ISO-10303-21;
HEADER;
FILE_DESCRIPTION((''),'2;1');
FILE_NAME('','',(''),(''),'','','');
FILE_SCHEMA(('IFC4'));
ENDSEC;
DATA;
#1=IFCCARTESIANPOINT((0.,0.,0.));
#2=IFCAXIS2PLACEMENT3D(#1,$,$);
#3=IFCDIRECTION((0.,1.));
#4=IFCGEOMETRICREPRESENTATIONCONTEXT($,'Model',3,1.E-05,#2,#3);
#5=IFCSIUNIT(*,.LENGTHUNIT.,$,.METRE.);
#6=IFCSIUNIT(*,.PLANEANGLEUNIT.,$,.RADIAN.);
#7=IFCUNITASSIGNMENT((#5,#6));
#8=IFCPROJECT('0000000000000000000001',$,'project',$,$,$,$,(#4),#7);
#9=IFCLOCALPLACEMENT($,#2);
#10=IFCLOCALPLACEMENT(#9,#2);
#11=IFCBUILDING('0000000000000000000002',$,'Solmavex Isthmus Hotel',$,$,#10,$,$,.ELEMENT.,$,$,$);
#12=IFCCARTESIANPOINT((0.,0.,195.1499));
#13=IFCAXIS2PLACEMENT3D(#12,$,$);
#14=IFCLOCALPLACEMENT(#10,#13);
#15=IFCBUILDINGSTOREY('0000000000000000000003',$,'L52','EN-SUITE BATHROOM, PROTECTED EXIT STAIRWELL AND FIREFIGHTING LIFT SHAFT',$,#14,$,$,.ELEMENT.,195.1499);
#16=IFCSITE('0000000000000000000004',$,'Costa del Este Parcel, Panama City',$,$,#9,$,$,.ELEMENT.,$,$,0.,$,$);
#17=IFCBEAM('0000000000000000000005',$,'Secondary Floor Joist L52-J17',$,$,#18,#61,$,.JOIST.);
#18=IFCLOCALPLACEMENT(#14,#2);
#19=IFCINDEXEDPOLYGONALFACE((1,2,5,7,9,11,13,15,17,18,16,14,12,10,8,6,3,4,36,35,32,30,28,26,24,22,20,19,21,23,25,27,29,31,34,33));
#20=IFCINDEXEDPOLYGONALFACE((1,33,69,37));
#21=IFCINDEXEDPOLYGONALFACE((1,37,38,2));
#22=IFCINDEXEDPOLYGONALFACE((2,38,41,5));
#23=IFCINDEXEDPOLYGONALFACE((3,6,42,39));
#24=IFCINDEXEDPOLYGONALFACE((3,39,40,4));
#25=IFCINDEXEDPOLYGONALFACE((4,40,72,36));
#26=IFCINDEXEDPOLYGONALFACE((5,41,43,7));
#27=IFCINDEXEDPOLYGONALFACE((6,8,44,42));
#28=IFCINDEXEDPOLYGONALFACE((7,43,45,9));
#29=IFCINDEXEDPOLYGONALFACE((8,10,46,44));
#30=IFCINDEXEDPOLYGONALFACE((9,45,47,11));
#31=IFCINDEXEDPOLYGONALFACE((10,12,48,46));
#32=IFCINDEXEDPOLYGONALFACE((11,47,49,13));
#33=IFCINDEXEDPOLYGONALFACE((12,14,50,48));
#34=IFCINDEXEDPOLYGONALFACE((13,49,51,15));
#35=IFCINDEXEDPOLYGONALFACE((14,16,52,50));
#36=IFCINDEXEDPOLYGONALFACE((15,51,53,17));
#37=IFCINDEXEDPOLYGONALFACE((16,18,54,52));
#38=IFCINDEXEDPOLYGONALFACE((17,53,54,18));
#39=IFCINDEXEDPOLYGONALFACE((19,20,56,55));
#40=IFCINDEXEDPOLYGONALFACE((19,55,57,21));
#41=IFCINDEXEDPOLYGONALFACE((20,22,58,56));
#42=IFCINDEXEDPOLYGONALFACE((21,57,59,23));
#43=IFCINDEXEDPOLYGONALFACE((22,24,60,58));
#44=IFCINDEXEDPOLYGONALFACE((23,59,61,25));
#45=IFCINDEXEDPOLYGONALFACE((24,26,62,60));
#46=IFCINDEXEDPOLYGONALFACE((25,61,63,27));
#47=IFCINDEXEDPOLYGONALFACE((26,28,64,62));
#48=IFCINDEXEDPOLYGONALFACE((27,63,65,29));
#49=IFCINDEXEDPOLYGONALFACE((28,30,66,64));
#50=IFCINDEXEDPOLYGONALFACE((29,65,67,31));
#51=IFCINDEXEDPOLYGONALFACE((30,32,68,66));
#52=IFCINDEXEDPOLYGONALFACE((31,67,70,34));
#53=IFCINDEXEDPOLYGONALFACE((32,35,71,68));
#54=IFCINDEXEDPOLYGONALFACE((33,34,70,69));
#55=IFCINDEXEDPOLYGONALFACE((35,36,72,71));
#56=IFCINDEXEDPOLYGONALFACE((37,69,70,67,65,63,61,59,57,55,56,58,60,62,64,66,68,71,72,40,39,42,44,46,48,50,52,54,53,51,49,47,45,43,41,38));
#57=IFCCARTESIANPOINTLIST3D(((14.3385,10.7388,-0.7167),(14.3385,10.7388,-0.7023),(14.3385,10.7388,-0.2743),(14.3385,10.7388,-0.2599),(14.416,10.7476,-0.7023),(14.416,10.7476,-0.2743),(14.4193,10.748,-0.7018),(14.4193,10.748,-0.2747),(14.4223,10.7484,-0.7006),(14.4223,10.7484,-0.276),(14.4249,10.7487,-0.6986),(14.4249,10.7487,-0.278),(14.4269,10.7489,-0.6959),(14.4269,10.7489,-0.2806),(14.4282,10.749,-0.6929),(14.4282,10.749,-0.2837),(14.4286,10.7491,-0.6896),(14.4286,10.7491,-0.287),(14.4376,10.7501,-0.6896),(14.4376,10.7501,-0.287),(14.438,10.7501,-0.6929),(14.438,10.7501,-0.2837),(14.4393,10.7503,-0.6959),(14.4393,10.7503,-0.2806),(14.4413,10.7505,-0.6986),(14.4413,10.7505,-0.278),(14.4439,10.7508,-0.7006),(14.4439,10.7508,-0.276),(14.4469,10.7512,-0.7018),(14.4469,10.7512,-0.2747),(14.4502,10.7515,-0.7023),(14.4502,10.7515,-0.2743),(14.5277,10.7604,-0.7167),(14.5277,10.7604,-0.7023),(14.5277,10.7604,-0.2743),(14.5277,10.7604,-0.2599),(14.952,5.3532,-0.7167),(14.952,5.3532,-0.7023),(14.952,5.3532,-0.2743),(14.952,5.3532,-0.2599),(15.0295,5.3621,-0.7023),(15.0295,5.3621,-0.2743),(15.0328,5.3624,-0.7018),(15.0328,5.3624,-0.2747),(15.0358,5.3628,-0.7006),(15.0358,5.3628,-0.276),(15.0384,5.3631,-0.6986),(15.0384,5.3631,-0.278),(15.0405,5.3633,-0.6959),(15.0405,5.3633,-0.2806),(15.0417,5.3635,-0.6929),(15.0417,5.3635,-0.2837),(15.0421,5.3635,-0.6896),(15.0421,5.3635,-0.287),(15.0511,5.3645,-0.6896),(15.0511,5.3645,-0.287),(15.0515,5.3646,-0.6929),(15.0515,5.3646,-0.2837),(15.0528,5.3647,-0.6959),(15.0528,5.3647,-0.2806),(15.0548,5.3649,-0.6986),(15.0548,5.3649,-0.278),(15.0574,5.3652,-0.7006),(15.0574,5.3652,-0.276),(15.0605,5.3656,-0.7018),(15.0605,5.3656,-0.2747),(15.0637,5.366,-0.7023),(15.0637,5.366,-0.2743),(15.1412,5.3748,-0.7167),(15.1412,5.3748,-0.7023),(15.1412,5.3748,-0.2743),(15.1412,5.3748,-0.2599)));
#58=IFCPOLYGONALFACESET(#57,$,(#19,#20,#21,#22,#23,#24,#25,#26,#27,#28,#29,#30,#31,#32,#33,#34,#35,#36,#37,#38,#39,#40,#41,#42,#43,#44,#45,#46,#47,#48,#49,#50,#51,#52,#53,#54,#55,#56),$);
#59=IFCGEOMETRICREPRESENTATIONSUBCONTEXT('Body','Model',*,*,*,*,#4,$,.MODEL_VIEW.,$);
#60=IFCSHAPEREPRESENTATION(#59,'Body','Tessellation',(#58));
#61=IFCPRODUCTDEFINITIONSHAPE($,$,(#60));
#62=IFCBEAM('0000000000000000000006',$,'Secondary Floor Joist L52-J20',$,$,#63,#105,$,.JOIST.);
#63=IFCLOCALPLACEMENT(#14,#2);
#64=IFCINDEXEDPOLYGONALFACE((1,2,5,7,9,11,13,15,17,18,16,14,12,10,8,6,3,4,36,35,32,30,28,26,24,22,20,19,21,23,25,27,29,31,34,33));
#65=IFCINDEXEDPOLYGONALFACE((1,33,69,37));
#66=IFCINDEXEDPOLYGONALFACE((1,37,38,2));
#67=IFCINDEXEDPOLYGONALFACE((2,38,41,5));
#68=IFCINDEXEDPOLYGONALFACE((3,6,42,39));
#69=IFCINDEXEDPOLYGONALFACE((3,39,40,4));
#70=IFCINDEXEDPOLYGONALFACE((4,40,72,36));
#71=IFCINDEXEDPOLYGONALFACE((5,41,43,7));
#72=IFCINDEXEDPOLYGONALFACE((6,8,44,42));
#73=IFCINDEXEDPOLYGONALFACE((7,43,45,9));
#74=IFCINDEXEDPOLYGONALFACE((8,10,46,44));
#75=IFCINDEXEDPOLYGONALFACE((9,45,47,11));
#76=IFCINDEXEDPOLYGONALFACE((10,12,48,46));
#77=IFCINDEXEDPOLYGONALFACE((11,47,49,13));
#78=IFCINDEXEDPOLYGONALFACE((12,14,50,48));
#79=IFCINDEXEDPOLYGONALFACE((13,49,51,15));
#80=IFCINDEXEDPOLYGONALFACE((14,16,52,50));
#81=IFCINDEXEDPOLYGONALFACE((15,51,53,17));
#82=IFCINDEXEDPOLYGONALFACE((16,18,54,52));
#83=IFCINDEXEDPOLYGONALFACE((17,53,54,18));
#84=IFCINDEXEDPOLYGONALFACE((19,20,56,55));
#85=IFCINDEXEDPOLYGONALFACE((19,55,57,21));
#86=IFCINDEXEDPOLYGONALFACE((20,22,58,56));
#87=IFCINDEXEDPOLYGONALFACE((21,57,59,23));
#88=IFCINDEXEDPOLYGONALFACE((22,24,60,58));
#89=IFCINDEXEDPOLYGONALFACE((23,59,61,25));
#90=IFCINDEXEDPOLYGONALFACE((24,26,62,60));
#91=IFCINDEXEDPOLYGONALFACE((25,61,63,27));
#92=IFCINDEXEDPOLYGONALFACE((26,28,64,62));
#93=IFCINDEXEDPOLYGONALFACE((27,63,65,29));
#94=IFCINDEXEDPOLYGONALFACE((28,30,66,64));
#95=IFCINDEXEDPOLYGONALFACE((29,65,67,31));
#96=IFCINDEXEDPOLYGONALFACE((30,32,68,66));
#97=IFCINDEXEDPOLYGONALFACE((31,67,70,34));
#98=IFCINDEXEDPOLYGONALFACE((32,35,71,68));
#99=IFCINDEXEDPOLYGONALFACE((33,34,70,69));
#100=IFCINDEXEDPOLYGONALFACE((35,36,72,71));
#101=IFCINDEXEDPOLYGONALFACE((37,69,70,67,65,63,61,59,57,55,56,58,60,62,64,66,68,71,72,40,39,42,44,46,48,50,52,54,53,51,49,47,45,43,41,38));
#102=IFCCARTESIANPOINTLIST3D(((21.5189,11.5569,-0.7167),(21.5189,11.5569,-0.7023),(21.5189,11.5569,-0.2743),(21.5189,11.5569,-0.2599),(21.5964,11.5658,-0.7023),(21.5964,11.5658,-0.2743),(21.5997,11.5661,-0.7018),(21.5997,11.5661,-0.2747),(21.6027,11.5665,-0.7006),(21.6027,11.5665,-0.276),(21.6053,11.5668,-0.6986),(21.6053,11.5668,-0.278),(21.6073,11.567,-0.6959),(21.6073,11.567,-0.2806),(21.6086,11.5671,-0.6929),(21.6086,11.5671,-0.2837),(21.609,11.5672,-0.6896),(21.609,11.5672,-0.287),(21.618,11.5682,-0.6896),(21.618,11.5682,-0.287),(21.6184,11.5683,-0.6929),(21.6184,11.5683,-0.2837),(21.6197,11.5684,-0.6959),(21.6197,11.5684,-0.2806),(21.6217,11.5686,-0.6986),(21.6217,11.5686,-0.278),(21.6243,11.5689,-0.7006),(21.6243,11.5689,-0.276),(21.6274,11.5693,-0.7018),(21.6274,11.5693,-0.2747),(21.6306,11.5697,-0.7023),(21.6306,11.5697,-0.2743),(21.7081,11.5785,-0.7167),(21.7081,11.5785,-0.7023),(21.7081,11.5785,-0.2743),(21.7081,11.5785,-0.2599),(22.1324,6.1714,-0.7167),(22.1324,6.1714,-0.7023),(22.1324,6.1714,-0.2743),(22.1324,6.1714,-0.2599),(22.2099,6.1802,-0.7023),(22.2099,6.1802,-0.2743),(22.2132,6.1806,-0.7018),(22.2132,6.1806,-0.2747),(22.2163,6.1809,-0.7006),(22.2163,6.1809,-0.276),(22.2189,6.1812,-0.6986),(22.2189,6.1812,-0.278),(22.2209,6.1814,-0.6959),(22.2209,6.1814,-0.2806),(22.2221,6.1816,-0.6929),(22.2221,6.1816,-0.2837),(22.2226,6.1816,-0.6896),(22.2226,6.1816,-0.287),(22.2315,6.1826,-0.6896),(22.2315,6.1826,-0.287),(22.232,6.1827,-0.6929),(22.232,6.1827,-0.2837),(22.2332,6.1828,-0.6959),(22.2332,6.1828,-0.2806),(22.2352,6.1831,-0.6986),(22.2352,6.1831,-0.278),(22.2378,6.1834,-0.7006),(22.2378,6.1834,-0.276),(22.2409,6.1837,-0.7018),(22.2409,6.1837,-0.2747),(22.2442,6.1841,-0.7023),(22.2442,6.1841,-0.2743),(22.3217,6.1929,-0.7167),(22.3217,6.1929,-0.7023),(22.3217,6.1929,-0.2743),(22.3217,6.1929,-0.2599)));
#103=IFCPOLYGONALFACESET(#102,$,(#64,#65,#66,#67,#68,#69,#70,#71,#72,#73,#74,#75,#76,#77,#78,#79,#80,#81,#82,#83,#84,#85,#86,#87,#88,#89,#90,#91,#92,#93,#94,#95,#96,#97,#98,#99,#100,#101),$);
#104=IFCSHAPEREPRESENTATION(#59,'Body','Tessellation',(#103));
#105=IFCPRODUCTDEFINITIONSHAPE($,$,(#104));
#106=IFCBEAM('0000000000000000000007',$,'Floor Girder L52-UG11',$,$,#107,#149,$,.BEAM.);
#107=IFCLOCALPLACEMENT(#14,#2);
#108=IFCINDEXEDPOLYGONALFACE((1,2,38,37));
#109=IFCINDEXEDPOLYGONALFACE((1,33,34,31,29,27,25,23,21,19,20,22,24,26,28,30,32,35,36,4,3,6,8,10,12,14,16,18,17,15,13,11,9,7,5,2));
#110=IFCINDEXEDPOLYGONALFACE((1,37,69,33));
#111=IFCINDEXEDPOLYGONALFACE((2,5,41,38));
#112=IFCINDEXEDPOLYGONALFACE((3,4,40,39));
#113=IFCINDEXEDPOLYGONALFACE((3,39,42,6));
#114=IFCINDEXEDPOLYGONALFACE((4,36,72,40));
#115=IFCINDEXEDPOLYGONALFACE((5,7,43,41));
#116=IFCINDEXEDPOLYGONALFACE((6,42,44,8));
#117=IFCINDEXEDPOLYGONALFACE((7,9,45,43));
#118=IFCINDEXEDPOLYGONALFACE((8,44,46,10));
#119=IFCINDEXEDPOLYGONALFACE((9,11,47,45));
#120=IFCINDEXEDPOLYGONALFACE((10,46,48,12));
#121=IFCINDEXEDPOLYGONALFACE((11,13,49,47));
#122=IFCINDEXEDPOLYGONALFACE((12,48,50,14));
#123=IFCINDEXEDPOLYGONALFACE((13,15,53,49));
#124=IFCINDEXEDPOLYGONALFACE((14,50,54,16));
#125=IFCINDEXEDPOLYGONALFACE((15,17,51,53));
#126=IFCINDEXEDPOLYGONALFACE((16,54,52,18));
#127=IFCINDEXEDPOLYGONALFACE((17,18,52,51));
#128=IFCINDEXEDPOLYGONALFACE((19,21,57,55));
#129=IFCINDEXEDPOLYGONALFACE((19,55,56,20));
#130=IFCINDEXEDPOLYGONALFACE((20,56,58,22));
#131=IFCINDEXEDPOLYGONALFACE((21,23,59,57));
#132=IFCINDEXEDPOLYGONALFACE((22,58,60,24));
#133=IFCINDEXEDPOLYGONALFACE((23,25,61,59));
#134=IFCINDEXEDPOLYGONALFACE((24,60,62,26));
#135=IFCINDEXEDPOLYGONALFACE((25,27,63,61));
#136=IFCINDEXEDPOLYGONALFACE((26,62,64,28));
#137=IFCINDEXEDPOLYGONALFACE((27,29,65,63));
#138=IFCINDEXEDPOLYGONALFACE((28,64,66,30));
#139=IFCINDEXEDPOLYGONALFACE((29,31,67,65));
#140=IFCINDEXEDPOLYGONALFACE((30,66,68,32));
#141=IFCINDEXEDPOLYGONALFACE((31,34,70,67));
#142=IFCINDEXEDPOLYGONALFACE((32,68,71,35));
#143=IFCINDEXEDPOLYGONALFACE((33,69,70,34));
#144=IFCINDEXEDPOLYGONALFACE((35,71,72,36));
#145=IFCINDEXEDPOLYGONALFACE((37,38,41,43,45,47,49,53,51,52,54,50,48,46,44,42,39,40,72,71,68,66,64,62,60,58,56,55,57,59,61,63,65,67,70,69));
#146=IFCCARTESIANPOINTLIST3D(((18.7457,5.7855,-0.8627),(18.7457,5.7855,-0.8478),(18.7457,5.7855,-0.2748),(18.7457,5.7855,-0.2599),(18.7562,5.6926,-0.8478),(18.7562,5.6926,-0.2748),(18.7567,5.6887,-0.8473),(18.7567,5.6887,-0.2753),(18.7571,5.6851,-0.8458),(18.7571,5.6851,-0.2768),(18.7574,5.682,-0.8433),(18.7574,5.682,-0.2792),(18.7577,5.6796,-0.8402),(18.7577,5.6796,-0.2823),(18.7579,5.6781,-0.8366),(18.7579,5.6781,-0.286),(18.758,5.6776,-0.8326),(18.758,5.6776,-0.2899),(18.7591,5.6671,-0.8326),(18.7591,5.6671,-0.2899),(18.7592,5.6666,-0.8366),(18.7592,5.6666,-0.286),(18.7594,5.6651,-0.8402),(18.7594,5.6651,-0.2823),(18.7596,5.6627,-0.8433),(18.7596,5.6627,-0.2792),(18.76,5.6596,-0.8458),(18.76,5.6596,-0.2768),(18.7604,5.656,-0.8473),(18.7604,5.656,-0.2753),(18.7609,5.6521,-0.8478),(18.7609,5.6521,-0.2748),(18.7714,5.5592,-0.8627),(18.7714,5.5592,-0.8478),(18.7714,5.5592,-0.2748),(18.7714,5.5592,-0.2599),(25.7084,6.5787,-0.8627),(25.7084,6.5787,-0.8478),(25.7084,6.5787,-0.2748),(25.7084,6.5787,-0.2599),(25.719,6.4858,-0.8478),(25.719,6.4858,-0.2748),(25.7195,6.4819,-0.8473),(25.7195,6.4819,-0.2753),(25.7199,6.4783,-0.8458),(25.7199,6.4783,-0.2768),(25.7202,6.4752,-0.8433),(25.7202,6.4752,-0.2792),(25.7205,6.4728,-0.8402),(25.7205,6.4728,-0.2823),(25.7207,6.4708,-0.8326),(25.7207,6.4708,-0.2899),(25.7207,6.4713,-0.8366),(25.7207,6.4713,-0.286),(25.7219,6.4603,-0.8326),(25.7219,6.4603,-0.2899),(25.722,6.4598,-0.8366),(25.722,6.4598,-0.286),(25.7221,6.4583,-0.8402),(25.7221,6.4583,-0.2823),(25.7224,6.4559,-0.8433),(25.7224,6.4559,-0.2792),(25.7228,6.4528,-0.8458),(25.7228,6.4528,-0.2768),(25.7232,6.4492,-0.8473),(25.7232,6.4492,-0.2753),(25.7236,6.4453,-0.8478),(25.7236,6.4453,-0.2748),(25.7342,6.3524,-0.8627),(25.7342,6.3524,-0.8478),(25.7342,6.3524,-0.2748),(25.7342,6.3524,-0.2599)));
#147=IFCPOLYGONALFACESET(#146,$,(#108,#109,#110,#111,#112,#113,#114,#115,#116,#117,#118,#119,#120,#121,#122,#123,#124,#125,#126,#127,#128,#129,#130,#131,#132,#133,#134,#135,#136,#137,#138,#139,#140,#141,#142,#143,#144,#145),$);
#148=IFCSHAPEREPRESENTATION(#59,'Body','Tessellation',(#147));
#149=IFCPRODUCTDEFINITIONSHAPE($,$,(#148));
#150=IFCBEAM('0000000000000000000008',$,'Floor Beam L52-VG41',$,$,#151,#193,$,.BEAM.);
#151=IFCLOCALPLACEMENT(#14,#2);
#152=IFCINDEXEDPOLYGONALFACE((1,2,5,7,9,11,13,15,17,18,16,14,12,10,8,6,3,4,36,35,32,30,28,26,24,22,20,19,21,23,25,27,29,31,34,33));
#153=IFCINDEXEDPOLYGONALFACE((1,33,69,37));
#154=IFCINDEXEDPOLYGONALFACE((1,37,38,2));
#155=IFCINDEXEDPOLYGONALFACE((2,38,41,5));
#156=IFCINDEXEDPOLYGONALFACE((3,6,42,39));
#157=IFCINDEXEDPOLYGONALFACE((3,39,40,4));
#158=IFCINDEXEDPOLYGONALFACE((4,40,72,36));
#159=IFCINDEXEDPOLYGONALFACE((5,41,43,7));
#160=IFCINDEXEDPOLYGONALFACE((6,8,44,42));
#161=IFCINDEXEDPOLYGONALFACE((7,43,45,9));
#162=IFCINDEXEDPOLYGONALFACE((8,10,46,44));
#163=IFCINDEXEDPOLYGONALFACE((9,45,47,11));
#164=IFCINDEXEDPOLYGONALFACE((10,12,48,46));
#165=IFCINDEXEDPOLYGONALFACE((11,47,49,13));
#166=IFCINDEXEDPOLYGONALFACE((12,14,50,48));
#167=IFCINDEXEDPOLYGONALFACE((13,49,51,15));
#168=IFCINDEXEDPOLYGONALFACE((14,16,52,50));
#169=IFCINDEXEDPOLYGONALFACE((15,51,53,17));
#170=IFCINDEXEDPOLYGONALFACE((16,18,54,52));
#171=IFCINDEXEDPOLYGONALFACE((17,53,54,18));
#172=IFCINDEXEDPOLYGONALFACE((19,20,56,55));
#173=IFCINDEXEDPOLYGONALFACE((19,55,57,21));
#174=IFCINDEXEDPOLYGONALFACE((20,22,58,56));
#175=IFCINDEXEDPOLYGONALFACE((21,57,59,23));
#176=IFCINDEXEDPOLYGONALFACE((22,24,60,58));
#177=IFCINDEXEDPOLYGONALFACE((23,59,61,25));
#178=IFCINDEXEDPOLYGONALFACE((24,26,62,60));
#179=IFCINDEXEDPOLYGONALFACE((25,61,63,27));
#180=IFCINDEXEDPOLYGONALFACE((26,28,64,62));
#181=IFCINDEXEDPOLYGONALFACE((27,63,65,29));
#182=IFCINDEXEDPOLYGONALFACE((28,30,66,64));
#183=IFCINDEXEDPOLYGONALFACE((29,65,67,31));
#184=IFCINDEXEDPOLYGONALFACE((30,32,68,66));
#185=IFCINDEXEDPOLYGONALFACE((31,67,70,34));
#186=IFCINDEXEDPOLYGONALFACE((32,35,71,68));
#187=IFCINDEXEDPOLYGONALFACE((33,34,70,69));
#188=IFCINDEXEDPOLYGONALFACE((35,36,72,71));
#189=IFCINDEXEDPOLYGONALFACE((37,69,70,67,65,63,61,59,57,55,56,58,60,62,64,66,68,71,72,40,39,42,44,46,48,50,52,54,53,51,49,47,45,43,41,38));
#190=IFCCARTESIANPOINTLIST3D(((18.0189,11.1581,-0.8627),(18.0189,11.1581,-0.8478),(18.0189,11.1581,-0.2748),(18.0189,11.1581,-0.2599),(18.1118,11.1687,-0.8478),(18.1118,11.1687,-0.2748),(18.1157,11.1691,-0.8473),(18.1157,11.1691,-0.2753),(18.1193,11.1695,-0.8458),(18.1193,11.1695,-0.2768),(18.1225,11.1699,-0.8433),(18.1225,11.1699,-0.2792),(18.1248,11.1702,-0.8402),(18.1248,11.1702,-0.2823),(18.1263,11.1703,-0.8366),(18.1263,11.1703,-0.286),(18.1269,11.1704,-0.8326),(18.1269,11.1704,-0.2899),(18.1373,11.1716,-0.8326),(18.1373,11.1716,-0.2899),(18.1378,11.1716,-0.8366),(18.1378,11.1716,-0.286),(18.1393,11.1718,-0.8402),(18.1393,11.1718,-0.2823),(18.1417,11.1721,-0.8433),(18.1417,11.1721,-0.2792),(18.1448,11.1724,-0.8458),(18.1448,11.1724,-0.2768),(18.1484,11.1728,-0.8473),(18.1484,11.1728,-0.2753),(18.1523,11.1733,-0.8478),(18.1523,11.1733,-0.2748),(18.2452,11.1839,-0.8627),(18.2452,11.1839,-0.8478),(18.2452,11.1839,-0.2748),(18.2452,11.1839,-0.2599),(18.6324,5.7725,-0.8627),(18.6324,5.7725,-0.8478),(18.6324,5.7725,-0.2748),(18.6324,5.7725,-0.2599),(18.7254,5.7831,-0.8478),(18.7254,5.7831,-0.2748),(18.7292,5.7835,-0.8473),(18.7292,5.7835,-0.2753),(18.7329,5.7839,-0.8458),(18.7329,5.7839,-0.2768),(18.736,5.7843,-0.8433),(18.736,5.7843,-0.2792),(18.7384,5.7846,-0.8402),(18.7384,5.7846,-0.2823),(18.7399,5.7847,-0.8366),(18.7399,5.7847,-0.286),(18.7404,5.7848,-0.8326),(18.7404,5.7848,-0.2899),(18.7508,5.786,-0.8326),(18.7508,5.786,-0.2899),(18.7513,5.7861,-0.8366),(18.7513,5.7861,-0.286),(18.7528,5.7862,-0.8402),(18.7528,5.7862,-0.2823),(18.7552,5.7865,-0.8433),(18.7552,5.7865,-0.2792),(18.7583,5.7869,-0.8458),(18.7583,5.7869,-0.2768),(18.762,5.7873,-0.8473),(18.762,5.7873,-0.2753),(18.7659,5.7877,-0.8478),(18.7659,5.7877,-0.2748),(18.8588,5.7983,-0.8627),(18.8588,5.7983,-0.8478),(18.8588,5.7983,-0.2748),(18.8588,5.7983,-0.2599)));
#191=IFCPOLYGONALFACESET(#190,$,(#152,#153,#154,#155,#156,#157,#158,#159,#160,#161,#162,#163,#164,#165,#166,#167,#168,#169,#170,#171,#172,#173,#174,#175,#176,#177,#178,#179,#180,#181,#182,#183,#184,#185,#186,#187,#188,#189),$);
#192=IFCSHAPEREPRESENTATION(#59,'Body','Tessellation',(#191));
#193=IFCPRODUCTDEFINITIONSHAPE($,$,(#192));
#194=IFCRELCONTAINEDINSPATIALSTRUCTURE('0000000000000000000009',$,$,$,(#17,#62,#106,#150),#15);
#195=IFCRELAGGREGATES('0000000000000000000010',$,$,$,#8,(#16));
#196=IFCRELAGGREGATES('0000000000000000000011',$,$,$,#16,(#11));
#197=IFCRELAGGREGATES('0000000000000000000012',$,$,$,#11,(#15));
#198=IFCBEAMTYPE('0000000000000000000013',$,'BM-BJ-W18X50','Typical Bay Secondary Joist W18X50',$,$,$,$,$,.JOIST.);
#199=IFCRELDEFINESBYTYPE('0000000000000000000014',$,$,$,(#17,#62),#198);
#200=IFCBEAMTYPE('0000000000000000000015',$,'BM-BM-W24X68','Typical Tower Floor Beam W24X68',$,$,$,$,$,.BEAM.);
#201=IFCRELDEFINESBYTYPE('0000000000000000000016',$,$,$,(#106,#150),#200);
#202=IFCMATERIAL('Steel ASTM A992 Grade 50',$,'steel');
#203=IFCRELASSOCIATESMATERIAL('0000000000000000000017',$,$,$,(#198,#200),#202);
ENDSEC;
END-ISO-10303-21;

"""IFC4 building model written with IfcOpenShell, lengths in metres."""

from ifc_helpers import new_model, si_unit, direction, frame, origin, origin_2d, place, context, subcontext, project, spatial, i_section, extrude, material, material_profile, profile_set, type_object, element, save


model = new_model("IFC4")

# Units and contexts
model_context = context("Model", 3, precision=1e-05, world=origin(), true_north=direction((0.0, 1.0)))
body_context = subcontext(model_context, "Body", "Model", "MODEL_VIEW")
ifc_project = project(units=[si_unit("LENGTHUNIT", "METRE"), si_unit("PLANEANGLEUNIT", "RADIAN")], contexts=[model_context])

# Site, building, storey
site_placement = place(None, origin())
site = spatial("IfcSite", under=ifc_project, at=site_placement, Name="Costa del Este Parcel, Panama City", CompositionType="ELEMENT", RefElevation=0.0)
building_placement = place(site_placement, origin())
building = spatial("IfcBuilding", under=site, at=building_placement, Name="Solmavex Isthmus Hotel", CompositionType="ELEMENT")
storey_placement = place(building_placement, frame((0.0, 0.0, 195.1499)))
storey = spatial("IfcBuildingStorey", under=building, at=storey_placement, Name="L52", Description="EN-SUITE BATHROOM, PROTECTED EXIT STAIRWELL AND FIREFIGHTING LIFT SHAFT", CompositionType="ELEMENT", Elevation=195.1499)

# Beams
ifc_material_1 = material(Name="Steel ASTM A992 Grade 50", Category="steel")
ifc_material_profile_1 = material_profile(ifc_material_1, i_section(OverallWidth=0.1904, OverallDepth=0.4568, WebThickness=0.009, FlangeThickness=0.0144, FilletRadius=0.0127, at=origin_2d()), Name="W18X50")
ifc_profile_set_1 = profile_set([ifc_material_profile_1], Name="Steel ASTM A992 Grade 50")
beam_type_1 = type_object("IfcBeamType", Name="BM-BJ-W18X50", Description="Typical Bay Secondary Joist W18X50", PredefinedType="JOIST", material=ifc_profile_set_1)
for number, where, z_axis, x_axis, name in (
    (1, (15.0466, 5.364, -0.4883), (-0.11319, 0.993573, 0.0), (-0.993573, -0.11319, 0.0), "Secondary Floor Joist L52-J17"),
    (2, (22.2271, 6.1821, -0.4883), (-0.11319, 0.993573, 0.0), (-0.993573, -0.11319, 0.0), "Secondary Floor Joist L52-J20"),
):
    element("IfcBeam", number, at=place(storey_placement, frame(where, z_axis=z_axis, x_axis=x_axis)), inside=storey, type_object=beam_type_1, Name=name, PredefinedType="JOIST", context=body_context, shape_type="SweptSolid", body=[
        extrude(i_section(OverallWidth=0.1904, OverallDepth=0.4568, WebThickness=0.009, FlangeThickness=0.0144, FilletRadius=0.0127, at=origin_2d()), origin(), (0.0, 0.0, 1.0), 5.4204),
    ])
ifc_material_profile_2 = material_profile(ifc_material_1, i_section(OverallWidth=0.2278, OverallDepth=0.6028, WebThickness=0.0105, FlangeThickness=0.0149, FilletRadius=0.0151, at=origin_2d()), Name="W24X68")
ifc_profile_set_2 = profile_set([ifc_material_profile_2], Name="Steel ASTM A992 Grade 50")
beam_type_2 = type_object("IfcBeamType", Name="BM-BM-W24X68", Description="Typical Tower Floor Beam W24X68", PredefinedType="BEAM", material=ifc_profile_set_2)
beam_1_placement = place(storey_placement, frame((18.7585, 5.6724, -0.5613), z_axis=(0.993574, 0.113188, 0.0), x_axis=(-0.113188, 0.993574, 0.0)))
element("IfcBeam", 3, at=beam_1_placement, inside=storey, type_object=beam_type_2, Name="Floor Girder L52-UG11", PredefinedType="BEAM", context=body_context, shape_type="SweptSolid", body=[
    extrude(i_section(OverallWidth=0.2278, OverallDepth=0.6028, WebThickness=0.0105, FlangeThickness=0.0149, FilletRadius=0.0151, at=origin_2d()), origin(), (0.0, 0.0, 1.0), 7.0078),
])
beam_2_placement = place(storey_placement, frame((18.7456, 5.7854, -0.5613), z_axis=(-0.11319, 0.993573, 0.0), x_axis=(-0.993573, -0.11319, 0.0)))
element("IfcBeam", 4, at=beam_2_placement, inside=storey, type_object=beam_type_2, Name="Floor Beam L52-VG41", PredefinedType="BEAM", context=body_context, shape_type="SweptSolid", body=[
    extrude(i_section(OverallWidth=0.2278, OverallDepth=0.6028, WebThickness=0.0105, FlangeThickness=0.0149, FilletRadius=0.0151, at=origin_2d()), origin(), (0.0, 0.0, 1.0), 5.4204),
])

save(model, "model.ifc")
